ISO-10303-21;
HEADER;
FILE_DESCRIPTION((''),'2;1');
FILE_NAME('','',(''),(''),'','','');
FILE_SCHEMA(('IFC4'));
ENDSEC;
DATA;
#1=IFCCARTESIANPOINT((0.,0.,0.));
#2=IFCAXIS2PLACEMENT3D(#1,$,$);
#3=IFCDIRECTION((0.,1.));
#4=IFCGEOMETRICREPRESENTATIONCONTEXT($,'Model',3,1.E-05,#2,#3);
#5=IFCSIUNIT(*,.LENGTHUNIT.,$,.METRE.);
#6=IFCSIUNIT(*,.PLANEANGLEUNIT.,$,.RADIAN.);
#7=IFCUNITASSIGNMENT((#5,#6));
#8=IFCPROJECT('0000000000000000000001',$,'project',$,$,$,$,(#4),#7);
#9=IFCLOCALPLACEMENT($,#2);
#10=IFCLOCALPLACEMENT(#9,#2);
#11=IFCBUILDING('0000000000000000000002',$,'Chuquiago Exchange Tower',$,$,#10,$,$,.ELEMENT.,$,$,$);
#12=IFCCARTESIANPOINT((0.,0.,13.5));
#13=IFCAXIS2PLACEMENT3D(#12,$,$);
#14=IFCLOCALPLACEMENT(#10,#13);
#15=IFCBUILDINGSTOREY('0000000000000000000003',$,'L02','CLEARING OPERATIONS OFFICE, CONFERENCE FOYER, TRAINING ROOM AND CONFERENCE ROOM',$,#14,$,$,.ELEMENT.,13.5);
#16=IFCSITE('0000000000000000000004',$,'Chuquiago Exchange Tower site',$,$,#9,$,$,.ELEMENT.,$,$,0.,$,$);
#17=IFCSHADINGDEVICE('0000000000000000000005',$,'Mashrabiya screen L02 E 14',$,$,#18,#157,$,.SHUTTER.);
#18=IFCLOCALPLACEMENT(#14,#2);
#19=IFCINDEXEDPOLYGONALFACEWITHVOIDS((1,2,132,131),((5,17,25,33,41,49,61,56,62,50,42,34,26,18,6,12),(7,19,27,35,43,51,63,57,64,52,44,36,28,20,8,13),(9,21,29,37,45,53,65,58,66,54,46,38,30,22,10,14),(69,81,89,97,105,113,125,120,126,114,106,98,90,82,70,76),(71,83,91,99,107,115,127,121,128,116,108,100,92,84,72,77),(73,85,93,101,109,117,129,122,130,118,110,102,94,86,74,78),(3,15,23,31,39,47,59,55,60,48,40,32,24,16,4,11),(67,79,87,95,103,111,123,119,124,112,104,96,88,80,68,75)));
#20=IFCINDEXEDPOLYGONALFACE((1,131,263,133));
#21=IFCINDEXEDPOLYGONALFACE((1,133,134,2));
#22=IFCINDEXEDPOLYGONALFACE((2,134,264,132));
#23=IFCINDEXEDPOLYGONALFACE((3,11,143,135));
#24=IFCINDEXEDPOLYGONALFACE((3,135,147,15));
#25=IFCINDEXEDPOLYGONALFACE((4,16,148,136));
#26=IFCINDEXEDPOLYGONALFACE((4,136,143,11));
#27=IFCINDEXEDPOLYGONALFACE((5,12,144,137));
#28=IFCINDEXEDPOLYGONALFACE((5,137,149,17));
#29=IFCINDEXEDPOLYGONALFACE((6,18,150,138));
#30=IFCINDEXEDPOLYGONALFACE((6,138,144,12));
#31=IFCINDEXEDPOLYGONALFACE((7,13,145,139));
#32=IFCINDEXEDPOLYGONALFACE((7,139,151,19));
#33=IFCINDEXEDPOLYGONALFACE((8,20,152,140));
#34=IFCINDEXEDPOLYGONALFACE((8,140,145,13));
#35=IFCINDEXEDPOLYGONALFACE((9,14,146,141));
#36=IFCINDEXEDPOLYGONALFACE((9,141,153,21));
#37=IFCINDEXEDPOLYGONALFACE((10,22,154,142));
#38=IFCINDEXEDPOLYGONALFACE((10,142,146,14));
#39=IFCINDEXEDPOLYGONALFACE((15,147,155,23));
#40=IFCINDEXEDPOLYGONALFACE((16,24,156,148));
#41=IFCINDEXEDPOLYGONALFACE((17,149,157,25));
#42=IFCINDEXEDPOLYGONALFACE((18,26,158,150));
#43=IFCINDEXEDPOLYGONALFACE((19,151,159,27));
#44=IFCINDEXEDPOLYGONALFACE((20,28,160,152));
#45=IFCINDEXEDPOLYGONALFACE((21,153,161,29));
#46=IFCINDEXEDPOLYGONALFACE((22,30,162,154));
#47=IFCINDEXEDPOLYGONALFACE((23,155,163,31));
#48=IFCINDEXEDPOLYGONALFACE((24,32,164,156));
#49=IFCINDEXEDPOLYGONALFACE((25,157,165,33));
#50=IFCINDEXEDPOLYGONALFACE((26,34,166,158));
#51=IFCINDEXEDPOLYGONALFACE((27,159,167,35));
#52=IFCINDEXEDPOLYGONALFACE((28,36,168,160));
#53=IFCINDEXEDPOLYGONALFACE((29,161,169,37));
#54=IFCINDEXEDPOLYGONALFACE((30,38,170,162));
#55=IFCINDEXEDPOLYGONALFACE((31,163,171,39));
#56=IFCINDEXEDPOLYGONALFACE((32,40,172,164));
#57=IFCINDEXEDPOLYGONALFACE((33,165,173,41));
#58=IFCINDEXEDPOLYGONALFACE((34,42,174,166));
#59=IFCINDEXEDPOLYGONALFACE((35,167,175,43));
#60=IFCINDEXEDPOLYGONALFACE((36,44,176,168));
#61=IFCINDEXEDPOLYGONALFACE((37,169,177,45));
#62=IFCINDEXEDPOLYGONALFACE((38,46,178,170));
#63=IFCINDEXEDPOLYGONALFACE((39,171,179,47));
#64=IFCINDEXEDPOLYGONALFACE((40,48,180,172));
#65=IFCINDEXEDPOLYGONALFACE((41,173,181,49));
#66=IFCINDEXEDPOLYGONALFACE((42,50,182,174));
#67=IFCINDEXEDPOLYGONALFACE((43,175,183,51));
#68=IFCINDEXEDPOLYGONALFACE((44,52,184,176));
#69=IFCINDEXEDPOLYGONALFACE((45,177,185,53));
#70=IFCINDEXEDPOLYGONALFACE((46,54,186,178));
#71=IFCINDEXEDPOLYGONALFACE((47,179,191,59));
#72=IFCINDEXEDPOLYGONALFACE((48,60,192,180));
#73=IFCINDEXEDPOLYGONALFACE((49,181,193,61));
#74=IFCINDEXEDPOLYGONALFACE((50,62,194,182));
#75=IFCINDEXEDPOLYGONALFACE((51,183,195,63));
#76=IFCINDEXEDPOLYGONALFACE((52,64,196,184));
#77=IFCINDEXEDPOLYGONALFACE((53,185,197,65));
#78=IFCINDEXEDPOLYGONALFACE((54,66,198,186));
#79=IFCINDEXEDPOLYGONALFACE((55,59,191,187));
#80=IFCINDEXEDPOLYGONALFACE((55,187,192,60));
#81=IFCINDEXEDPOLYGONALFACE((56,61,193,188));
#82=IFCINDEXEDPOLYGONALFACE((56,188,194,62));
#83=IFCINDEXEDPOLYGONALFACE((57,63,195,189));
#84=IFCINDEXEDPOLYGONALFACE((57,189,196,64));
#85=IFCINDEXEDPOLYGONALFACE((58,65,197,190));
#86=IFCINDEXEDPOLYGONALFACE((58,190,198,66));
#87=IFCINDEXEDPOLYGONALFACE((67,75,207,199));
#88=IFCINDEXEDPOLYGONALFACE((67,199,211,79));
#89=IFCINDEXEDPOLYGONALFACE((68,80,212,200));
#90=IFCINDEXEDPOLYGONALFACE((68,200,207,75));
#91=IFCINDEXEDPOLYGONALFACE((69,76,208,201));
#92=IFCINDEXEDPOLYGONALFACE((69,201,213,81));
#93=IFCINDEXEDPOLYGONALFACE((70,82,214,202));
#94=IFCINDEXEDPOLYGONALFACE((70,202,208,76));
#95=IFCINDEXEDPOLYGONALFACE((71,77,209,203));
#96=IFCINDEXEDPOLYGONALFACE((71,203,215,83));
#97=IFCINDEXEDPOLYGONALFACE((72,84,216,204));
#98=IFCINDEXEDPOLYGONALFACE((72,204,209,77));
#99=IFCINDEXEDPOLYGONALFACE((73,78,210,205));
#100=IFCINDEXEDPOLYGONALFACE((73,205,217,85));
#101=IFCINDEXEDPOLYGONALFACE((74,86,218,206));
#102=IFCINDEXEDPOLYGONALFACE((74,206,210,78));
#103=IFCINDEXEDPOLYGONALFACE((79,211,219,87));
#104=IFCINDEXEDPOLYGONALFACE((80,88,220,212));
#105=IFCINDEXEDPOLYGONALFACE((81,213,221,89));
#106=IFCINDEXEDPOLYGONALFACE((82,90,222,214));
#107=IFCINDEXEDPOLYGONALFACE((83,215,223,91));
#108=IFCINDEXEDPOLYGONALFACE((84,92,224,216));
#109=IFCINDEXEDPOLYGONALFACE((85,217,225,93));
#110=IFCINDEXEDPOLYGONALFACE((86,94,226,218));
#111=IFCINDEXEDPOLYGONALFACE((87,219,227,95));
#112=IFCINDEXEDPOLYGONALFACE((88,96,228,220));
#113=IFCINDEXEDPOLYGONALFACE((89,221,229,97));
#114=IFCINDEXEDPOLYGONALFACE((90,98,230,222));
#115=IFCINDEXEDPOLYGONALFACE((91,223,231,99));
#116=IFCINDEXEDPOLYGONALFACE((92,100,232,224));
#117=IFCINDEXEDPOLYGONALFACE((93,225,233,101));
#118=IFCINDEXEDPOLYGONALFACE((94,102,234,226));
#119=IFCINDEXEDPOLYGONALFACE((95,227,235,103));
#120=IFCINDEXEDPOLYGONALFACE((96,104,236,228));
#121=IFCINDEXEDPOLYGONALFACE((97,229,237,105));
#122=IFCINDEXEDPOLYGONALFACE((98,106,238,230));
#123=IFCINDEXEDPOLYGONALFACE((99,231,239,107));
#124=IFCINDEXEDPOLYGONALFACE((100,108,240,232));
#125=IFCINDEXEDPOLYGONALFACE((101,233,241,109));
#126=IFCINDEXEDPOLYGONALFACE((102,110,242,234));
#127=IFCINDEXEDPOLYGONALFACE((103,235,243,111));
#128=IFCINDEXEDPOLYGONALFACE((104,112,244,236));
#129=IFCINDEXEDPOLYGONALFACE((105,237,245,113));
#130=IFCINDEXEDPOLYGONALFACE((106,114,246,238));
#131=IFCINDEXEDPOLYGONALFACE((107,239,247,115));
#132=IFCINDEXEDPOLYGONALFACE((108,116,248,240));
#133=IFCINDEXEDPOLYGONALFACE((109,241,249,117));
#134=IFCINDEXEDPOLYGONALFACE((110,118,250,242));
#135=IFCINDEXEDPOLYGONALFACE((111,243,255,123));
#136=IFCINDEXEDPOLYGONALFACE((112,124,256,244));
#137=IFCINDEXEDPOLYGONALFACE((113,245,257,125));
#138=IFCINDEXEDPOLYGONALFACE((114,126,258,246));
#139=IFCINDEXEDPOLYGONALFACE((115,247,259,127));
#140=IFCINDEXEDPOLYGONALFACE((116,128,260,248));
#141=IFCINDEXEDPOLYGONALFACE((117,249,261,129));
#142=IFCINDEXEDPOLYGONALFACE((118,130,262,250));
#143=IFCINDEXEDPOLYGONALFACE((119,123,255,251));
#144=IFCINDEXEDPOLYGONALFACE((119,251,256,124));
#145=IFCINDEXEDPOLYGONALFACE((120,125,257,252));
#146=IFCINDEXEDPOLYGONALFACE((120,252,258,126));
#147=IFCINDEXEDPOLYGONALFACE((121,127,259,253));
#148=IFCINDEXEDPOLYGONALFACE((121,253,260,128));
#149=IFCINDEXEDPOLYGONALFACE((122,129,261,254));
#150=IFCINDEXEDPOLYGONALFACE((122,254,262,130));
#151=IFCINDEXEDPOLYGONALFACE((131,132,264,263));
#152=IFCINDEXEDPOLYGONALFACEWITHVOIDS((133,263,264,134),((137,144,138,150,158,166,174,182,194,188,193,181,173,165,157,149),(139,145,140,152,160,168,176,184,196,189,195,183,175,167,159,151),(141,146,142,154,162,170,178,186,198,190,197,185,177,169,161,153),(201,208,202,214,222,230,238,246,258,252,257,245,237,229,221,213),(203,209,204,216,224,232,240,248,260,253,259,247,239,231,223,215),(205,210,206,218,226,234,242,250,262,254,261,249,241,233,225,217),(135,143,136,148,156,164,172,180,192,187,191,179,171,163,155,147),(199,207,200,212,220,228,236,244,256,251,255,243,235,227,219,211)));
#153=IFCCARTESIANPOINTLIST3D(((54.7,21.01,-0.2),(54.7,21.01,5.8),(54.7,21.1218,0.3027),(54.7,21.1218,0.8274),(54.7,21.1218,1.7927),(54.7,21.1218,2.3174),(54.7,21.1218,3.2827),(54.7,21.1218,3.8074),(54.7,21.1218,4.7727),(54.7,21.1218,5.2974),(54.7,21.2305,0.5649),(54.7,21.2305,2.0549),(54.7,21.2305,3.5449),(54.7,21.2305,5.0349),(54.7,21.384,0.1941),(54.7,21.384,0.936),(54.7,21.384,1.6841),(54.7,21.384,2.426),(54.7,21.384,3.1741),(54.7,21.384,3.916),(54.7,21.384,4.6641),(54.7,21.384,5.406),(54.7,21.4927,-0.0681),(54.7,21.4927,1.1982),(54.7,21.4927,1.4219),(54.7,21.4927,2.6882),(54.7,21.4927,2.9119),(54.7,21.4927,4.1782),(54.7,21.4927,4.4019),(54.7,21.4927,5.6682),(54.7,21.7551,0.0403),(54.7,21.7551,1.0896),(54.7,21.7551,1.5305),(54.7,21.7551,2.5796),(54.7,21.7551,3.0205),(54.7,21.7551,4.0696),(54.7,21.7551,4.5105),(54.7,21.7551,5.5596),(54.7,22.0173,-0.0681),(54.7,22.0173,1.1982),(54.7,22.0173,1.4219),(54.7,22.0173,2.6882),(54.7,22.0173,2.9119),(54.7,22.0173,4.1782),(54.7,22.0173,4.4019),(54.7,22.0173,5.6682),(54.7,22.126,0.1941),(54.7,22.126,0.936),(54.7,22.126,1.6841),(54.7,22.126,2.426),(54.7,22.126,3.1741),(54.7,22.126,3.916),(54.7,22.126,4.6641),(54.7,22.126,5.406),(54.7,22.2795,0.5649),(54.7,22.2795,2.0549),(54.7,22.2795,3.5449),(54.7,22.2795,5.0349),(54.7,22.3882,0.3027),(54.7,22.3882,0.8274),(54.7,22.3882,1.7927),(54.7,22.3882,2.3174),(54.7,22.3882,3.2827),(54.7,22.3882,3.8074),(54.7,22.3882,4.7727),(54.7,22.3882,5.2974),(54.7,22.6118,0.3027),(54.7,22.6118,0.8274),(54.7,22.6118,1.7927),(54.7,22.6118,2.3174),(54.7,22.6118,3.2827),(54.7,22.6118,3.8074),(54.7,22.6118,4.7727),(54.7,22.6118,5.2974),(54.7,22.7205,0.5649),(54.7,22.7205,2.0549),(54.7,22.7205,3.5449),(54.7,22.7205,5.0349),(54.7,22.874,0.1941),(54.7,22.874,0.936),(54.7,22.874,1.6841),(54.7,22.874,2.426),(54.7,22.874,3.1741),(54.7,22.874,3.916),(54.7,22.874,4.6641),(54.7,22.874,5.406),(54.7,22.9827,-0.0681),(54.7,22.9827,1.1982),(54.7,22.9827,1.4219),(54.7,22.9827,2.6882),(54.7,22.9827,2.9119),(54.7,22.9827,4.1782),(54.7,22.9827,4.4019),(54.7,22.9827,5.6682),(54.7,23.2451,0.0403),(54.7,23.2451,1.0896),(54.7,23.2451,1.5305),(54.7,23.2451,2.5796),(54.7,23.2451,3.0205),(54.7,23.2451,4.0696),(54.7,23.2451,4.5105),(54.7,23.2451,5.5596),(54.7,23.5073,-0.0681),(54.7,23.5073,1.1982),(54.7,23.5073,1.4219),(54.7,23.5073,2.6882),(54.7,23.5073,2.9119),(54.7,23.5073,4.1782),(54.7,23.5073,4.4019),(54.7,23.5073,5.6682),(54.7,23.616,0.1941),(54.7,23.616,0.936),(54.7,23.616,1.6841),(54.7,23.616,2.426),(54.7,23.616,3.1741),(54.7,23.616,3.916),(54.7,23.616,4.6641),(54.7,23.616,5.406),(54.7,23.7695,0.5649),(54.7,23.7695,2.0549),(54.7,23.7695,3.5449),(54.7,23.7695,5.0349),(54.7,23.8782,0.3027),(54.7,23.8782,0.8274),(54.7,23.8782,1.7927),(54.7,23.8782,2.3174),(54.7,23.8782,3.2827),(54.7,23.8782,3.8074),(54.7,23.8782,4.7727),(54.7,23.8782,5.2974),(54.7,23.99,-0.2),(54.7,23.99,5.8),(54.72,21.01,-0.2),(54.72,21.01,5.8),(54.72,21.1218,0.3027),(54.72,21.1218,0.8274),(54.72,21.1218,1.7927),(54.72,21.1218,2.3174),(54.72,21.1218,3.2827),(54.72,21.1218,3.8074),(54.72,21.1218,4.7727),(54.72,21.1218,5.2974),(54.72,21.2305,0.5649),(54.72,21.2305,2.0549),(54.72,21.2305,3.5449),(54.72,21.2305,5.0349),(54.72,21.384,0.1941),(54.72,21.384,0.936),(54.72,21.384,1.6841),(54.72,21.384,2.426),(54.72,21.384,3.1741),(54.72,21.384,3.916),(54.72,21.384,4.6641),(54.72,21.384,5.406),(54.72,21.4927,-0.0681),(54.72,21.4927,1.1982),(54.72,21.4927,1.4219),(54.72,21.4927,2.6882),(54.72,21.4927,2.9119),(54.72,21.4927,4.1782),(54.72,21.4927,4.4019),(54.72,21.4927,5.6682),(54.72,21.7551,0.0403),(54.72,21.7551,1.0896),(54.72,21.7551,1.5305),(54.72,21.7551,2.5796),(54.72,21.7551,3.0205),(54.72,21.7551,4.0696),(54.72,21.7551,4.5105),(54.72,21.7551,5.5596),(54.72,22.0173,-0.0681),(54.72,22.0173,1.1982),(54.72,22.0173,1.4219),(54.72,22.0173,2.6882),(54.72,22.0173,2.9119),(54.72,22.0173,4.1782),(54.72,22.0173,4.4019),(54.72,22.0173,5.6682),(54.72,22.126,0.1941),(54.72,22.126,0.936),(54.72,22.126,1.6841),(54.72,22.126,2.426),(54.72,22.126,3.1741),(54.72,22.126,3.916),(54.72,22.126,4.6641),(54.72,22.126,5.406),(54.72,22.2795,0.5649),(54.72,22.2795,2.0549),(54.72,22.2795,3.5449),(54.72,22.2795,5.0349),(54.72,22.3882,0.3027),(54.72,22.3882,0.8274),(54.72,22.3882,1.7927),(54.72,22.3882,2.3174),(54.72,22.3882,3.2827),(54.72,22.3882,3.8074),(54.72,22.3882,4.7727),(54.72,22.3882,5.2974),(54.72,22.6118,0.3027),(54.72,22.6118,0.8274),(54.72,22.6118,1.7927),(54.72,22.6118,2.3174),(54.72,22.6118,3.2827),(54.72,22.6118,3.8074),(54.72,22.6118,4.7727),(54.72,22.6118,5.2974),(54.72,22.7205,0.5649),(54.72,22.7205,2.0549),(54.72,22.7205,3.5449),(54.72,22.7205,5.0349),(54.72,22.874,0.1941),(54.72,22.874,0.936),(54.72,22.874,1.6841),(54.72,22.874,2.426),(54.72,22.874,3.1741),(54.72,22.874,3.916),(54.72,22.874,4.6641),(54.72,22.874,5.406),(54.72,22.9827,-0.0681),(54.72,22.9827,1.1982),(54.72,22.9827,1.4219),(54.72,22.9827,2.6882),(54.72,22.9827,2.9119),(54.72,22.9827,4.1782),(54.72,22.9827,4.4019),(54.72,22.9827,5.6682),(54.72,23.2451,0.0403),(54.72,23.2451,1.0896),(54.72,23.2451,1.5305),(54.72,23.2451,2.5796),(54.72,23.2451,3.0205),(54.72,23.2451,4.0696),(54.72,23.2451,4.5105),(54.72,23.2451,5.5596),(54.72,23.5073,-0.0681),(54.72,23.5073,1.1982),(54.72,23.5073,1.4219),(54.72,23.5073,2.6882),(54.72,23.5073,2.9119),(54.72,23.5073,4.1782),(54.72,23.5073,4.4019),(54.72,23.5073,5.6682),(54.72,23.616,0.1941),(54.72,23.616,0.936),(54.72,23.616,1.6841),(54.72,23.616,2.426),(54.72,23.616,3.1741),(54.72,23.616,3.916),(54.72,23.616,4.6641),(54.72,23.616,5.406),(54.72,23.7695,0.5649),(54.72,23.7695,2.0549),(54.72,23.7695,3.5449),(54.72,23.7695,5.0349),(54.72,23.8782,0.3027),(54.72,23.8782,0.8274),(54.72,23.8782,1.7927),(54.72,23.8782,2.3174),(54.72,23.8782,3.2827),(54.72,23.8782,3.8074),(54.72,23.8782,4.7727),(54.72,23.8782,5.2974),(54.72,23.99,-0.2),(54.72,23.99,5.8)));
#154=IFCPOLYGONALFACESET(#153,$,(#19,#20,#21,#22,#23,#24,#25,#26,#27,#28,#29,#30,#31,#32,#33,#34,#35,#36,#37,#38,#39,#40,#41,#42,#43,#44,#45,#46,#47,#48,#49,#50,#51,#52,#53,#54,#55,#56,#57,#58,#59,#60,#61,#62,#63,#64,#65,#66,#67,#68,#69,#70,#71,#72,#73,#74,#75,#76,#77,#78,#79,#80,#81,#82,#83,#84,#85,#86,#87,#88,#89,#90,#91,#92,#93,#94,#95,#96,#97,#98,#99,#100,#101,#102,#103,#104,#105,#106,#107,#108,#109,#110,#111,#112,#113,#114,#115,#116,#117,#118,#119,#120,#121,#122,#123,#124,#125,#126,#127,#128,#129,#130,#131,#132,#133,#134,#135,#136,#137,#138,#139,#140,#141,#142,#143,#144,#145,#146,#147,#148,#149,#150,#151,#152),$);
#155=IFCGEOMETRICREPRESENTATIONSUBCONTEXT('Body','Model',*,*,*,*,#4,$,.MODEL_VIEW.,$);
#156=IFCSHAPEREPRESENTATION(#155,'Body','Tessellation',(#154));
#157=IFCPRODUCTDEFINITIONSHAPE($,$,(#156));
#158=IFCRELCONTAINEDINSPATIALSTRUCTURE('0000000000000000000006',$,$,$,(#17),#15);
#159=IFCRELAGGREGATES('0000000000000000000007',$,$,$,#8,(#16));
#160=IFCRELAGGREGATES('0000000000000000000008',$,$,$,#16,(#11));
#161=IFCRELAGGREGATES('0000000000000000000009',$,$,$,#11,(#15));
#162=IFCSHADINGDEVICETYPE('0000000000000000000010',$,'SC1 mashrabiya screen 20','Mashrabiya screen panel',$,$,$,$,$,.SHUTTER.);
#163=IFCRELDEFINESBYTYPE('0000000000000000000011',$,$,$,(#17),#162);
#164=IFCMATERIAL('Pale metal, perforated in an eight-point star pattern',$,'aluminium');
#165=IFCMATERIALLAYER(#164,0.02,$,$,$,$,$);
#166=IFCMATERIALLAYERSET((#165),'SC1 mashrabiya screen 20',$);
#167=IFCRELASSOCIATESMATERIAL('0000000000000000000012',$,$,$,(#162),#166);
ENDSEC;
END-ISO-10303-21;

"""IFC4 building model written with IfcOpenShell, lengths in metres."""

from ifc_helpers import new_model, si_unit, direction, frame, origin, place, context, subcontext, project, spatial, polyline, outline, extrude, material, layer, layer_set, type_object, element, save


model = new_model("IFC4")

# Units and contexts
model_context = context("Model", 3, precision=1e-05, world=origin(), true_north=direction((0.0, 1.0)))
body_context = subcontext(model_context, "Body", "Model", "MODEL_VIEW")
ifc_project = project(units=[si_unit("LENGTHUNIT", "METRE"), si_unit("PLANEANGLEUNIT", "RADIAN")], contexts=[model_context])

# Site, building, storey
site_placement = place(None, origin())
site = spatial("IfcSite", under=ifc_project, at=site_placement, Name="Chuquiago Exchange Tower site", CompositionType="ELEMENT", RefElevation=0.0)
building_placement = place(site_placement, origin())
building = spatial("IfcBuilding", under=site, at=building_placement, Name="Chuquiago Exchange Tower", CompositionType="ELEMENT")
storey_placement = place(building_placement, frame((0.0, 0.0, 13.5)))
storey = spatial("IfcBuildingStorey", under=building, at=storey_placement, Name="L02", Description="CLEARING OPERATIONS OFFICE, CONFERENCE FOYER, TRAINING ROOM AND CONFERENCE ROOM", CompositionType="ELEMENT", Elevation=13.5)

# Shading device
ifc_material_1 = material(Name="Pale metal, perforated in an eight-point star pattern", Category="aluminium")
ifc_layer_1 = layer(ifc_material_1, 0.02)
ifc_layer_set_1 = layer_set([ifc_layer_1], Name="SC1 mashrabiya screen 20")
shading_device_type = type_object("IfcShadingDeviceType", Name="SC1 mashrabiya screen 20", Description="Mashrabiya screen panel", PredefinedType="SHUTTER", material=ifc_layer_set_1)
shading_device_1_placement = place(storey_placement, frame((54.7, 21.01, -0.2), z_axis=(0.0, 0.0, 1.0), x_axis=(0.0, 1.0, 0.0)))
element("IfcShadingDevice", 1, at=shading_device_1_placement, inside=storey, type_object=shading_device_type, Name="Mashrabiya screen L02 E 14", PredefinedType="SHUTTER", context=body_context, shape_type="SweptSolid", body=[
    extrude(outline(polyline([(0.0, 0.0), (2.98, 0.0), (2.98, 6.0), (0.0, 6.0), (0.0, 0.0)]), holes=[polyline([(1.2695, 0.7649), (1.3782, 1.0273), (1.116, 1.136), (1.0073, 1.3982), (0.7451, 1.2896), (0.4827, 1.3982), (0.374, 1.136), (0.1118, 1.0273), (0.2205, 0.7649), (0.1118, 0.5027), (0.374, 0.394), (0.4827, 0.1318), (0.7451, 0.2402), (1.0073, 0.1318), (1.116, 0.394), (1.3782, 0.5027), (1.2695, 0.7649)]), polyline([(2.7595, 0.7649), (2.8682, 1.0273), (2.606, 1.136), (2.4973, 1.3982), (2.2351, 1.2896), (1.9727, 1.3982), (1.864, 1.136), (1.6018, 1.0273), (1.7104, 0.7649), (1.6018, 0.5027), (1.864, 0.394), (1.9727, 0.1318), (2.2351, 0.2402), (2.4973, 0.1318), (2.606, 0.394), (2.8682, 0.5027), (2.7595, 0.7649)]), polyline([(1.2695, 2.2549), (1.3782, 2.5173), (1.116, 2.626), (1.0073, 2.8882), (0.7451, 2.7795), (0.4827, 2.8882), (0.374, 2.626), (0.1118, 2.5173), (0.2205, 2.2549), (0.1118, 1.9927), (0.374, 1.884), (0.4827, 1.6218), (0.7451, 1.7305), (1.0073, 1.6218), (1.116, 1.884), (1.3782, 1.9927), (1.2695, 2.2549)]), polyline([(2.7595, 2.2549), (2.8682, 2.5173), (2.606, 2.626), (2.4973, 2.8882), (2.2351, 2.7795), (1.9727, 2.8882), (1.864, 2.626), (1.6018, 2.5173), (1.7104, 2.2549), (1.6018, 1.9927), (1.864, 1.884), (1.9727, 1.6218), (2.2351, 1.7305), (2.4973, 1.6218), (2.606, 1.884), (2.8682, 1.9927), (2.7595, 2.2549)]), polyline([(1.2695, 3.7449), (1.3782, 4.0073), (1.116, 4.116), (1.0073, 4.3782), (0.7451, 4.2695), (0.4827, 4.3782), (0.374, 4.116), (0.1118, 4.0073), (0.2205, 3.7449), (0.1118, 3.4827), (0.374, 3.374), (0.4827, 3.1118), (0.7451, 3.2205), (1.0073, 3.1118), (1.116, 3.374), (1.3782, 3.4827), (1.2695, 3.7449)]), polyline([(2.7595, 3.7449), (2.8682, 4.0073), (2.606, 4.116), (2.4973, 4.3782), (2.2351, 4.2695), (1.9727, 4.3782), (1.864, 4.116), (1.6018, 4.0073), (1.7104, 3.7449), (1.6018, 3.4827), (1.864, 3.374), (1.9727, 3.1118), (2.2351, 3.2205), (2.4973, 3.1118), (2.606, 3.374), (2.8682, 3.4827), (2.7595, 3.7449)]), polyline([(1.2695, 5.2349), (1.3782, 5.4973), (1.116, 5.606), (1.0073, 5.8682), (0.7451, 5.7595), (0.4827, 5.8682), (0.374, 5.606), (0.1118, 5.4973), (0.2205, 5.2349), (0.1118, 4.9727), (0.374, 4.864), (0.4827, 4.6018), (0.7451, 4.7104), (1.0073, 4.6018), (1.116, 4.864), (1.3782, 4.9727), (1.2695, 5.2349)]), polyline([(2.7595, 5.2349), (2.8682, 5.4973), (2.606, 5.606), (2.4973, 5.8682), (2.2351, 5.7595), (1.9727, 5.8682), (1.864, 5.606), (1.6018, 5.4973), (1.7104, 5.2349), (1.6018, 4.9727), (1.864, 4.864), (1.9727, 4.6018), (2.2351, 4.7104), (2.4973, 4.6018), (2.606, 4.864), (2.8682, 4.9727), (2.7595, 5.2349)])]), frame((0.0, 0.0, 0.0), z_axis=(0.0, -1.0, 0.0), x_axis=(1.0, 0.0, 0.0)), (0.0, 0.0, 1.0), 0.02),
])

save(model, "model.ifc")
